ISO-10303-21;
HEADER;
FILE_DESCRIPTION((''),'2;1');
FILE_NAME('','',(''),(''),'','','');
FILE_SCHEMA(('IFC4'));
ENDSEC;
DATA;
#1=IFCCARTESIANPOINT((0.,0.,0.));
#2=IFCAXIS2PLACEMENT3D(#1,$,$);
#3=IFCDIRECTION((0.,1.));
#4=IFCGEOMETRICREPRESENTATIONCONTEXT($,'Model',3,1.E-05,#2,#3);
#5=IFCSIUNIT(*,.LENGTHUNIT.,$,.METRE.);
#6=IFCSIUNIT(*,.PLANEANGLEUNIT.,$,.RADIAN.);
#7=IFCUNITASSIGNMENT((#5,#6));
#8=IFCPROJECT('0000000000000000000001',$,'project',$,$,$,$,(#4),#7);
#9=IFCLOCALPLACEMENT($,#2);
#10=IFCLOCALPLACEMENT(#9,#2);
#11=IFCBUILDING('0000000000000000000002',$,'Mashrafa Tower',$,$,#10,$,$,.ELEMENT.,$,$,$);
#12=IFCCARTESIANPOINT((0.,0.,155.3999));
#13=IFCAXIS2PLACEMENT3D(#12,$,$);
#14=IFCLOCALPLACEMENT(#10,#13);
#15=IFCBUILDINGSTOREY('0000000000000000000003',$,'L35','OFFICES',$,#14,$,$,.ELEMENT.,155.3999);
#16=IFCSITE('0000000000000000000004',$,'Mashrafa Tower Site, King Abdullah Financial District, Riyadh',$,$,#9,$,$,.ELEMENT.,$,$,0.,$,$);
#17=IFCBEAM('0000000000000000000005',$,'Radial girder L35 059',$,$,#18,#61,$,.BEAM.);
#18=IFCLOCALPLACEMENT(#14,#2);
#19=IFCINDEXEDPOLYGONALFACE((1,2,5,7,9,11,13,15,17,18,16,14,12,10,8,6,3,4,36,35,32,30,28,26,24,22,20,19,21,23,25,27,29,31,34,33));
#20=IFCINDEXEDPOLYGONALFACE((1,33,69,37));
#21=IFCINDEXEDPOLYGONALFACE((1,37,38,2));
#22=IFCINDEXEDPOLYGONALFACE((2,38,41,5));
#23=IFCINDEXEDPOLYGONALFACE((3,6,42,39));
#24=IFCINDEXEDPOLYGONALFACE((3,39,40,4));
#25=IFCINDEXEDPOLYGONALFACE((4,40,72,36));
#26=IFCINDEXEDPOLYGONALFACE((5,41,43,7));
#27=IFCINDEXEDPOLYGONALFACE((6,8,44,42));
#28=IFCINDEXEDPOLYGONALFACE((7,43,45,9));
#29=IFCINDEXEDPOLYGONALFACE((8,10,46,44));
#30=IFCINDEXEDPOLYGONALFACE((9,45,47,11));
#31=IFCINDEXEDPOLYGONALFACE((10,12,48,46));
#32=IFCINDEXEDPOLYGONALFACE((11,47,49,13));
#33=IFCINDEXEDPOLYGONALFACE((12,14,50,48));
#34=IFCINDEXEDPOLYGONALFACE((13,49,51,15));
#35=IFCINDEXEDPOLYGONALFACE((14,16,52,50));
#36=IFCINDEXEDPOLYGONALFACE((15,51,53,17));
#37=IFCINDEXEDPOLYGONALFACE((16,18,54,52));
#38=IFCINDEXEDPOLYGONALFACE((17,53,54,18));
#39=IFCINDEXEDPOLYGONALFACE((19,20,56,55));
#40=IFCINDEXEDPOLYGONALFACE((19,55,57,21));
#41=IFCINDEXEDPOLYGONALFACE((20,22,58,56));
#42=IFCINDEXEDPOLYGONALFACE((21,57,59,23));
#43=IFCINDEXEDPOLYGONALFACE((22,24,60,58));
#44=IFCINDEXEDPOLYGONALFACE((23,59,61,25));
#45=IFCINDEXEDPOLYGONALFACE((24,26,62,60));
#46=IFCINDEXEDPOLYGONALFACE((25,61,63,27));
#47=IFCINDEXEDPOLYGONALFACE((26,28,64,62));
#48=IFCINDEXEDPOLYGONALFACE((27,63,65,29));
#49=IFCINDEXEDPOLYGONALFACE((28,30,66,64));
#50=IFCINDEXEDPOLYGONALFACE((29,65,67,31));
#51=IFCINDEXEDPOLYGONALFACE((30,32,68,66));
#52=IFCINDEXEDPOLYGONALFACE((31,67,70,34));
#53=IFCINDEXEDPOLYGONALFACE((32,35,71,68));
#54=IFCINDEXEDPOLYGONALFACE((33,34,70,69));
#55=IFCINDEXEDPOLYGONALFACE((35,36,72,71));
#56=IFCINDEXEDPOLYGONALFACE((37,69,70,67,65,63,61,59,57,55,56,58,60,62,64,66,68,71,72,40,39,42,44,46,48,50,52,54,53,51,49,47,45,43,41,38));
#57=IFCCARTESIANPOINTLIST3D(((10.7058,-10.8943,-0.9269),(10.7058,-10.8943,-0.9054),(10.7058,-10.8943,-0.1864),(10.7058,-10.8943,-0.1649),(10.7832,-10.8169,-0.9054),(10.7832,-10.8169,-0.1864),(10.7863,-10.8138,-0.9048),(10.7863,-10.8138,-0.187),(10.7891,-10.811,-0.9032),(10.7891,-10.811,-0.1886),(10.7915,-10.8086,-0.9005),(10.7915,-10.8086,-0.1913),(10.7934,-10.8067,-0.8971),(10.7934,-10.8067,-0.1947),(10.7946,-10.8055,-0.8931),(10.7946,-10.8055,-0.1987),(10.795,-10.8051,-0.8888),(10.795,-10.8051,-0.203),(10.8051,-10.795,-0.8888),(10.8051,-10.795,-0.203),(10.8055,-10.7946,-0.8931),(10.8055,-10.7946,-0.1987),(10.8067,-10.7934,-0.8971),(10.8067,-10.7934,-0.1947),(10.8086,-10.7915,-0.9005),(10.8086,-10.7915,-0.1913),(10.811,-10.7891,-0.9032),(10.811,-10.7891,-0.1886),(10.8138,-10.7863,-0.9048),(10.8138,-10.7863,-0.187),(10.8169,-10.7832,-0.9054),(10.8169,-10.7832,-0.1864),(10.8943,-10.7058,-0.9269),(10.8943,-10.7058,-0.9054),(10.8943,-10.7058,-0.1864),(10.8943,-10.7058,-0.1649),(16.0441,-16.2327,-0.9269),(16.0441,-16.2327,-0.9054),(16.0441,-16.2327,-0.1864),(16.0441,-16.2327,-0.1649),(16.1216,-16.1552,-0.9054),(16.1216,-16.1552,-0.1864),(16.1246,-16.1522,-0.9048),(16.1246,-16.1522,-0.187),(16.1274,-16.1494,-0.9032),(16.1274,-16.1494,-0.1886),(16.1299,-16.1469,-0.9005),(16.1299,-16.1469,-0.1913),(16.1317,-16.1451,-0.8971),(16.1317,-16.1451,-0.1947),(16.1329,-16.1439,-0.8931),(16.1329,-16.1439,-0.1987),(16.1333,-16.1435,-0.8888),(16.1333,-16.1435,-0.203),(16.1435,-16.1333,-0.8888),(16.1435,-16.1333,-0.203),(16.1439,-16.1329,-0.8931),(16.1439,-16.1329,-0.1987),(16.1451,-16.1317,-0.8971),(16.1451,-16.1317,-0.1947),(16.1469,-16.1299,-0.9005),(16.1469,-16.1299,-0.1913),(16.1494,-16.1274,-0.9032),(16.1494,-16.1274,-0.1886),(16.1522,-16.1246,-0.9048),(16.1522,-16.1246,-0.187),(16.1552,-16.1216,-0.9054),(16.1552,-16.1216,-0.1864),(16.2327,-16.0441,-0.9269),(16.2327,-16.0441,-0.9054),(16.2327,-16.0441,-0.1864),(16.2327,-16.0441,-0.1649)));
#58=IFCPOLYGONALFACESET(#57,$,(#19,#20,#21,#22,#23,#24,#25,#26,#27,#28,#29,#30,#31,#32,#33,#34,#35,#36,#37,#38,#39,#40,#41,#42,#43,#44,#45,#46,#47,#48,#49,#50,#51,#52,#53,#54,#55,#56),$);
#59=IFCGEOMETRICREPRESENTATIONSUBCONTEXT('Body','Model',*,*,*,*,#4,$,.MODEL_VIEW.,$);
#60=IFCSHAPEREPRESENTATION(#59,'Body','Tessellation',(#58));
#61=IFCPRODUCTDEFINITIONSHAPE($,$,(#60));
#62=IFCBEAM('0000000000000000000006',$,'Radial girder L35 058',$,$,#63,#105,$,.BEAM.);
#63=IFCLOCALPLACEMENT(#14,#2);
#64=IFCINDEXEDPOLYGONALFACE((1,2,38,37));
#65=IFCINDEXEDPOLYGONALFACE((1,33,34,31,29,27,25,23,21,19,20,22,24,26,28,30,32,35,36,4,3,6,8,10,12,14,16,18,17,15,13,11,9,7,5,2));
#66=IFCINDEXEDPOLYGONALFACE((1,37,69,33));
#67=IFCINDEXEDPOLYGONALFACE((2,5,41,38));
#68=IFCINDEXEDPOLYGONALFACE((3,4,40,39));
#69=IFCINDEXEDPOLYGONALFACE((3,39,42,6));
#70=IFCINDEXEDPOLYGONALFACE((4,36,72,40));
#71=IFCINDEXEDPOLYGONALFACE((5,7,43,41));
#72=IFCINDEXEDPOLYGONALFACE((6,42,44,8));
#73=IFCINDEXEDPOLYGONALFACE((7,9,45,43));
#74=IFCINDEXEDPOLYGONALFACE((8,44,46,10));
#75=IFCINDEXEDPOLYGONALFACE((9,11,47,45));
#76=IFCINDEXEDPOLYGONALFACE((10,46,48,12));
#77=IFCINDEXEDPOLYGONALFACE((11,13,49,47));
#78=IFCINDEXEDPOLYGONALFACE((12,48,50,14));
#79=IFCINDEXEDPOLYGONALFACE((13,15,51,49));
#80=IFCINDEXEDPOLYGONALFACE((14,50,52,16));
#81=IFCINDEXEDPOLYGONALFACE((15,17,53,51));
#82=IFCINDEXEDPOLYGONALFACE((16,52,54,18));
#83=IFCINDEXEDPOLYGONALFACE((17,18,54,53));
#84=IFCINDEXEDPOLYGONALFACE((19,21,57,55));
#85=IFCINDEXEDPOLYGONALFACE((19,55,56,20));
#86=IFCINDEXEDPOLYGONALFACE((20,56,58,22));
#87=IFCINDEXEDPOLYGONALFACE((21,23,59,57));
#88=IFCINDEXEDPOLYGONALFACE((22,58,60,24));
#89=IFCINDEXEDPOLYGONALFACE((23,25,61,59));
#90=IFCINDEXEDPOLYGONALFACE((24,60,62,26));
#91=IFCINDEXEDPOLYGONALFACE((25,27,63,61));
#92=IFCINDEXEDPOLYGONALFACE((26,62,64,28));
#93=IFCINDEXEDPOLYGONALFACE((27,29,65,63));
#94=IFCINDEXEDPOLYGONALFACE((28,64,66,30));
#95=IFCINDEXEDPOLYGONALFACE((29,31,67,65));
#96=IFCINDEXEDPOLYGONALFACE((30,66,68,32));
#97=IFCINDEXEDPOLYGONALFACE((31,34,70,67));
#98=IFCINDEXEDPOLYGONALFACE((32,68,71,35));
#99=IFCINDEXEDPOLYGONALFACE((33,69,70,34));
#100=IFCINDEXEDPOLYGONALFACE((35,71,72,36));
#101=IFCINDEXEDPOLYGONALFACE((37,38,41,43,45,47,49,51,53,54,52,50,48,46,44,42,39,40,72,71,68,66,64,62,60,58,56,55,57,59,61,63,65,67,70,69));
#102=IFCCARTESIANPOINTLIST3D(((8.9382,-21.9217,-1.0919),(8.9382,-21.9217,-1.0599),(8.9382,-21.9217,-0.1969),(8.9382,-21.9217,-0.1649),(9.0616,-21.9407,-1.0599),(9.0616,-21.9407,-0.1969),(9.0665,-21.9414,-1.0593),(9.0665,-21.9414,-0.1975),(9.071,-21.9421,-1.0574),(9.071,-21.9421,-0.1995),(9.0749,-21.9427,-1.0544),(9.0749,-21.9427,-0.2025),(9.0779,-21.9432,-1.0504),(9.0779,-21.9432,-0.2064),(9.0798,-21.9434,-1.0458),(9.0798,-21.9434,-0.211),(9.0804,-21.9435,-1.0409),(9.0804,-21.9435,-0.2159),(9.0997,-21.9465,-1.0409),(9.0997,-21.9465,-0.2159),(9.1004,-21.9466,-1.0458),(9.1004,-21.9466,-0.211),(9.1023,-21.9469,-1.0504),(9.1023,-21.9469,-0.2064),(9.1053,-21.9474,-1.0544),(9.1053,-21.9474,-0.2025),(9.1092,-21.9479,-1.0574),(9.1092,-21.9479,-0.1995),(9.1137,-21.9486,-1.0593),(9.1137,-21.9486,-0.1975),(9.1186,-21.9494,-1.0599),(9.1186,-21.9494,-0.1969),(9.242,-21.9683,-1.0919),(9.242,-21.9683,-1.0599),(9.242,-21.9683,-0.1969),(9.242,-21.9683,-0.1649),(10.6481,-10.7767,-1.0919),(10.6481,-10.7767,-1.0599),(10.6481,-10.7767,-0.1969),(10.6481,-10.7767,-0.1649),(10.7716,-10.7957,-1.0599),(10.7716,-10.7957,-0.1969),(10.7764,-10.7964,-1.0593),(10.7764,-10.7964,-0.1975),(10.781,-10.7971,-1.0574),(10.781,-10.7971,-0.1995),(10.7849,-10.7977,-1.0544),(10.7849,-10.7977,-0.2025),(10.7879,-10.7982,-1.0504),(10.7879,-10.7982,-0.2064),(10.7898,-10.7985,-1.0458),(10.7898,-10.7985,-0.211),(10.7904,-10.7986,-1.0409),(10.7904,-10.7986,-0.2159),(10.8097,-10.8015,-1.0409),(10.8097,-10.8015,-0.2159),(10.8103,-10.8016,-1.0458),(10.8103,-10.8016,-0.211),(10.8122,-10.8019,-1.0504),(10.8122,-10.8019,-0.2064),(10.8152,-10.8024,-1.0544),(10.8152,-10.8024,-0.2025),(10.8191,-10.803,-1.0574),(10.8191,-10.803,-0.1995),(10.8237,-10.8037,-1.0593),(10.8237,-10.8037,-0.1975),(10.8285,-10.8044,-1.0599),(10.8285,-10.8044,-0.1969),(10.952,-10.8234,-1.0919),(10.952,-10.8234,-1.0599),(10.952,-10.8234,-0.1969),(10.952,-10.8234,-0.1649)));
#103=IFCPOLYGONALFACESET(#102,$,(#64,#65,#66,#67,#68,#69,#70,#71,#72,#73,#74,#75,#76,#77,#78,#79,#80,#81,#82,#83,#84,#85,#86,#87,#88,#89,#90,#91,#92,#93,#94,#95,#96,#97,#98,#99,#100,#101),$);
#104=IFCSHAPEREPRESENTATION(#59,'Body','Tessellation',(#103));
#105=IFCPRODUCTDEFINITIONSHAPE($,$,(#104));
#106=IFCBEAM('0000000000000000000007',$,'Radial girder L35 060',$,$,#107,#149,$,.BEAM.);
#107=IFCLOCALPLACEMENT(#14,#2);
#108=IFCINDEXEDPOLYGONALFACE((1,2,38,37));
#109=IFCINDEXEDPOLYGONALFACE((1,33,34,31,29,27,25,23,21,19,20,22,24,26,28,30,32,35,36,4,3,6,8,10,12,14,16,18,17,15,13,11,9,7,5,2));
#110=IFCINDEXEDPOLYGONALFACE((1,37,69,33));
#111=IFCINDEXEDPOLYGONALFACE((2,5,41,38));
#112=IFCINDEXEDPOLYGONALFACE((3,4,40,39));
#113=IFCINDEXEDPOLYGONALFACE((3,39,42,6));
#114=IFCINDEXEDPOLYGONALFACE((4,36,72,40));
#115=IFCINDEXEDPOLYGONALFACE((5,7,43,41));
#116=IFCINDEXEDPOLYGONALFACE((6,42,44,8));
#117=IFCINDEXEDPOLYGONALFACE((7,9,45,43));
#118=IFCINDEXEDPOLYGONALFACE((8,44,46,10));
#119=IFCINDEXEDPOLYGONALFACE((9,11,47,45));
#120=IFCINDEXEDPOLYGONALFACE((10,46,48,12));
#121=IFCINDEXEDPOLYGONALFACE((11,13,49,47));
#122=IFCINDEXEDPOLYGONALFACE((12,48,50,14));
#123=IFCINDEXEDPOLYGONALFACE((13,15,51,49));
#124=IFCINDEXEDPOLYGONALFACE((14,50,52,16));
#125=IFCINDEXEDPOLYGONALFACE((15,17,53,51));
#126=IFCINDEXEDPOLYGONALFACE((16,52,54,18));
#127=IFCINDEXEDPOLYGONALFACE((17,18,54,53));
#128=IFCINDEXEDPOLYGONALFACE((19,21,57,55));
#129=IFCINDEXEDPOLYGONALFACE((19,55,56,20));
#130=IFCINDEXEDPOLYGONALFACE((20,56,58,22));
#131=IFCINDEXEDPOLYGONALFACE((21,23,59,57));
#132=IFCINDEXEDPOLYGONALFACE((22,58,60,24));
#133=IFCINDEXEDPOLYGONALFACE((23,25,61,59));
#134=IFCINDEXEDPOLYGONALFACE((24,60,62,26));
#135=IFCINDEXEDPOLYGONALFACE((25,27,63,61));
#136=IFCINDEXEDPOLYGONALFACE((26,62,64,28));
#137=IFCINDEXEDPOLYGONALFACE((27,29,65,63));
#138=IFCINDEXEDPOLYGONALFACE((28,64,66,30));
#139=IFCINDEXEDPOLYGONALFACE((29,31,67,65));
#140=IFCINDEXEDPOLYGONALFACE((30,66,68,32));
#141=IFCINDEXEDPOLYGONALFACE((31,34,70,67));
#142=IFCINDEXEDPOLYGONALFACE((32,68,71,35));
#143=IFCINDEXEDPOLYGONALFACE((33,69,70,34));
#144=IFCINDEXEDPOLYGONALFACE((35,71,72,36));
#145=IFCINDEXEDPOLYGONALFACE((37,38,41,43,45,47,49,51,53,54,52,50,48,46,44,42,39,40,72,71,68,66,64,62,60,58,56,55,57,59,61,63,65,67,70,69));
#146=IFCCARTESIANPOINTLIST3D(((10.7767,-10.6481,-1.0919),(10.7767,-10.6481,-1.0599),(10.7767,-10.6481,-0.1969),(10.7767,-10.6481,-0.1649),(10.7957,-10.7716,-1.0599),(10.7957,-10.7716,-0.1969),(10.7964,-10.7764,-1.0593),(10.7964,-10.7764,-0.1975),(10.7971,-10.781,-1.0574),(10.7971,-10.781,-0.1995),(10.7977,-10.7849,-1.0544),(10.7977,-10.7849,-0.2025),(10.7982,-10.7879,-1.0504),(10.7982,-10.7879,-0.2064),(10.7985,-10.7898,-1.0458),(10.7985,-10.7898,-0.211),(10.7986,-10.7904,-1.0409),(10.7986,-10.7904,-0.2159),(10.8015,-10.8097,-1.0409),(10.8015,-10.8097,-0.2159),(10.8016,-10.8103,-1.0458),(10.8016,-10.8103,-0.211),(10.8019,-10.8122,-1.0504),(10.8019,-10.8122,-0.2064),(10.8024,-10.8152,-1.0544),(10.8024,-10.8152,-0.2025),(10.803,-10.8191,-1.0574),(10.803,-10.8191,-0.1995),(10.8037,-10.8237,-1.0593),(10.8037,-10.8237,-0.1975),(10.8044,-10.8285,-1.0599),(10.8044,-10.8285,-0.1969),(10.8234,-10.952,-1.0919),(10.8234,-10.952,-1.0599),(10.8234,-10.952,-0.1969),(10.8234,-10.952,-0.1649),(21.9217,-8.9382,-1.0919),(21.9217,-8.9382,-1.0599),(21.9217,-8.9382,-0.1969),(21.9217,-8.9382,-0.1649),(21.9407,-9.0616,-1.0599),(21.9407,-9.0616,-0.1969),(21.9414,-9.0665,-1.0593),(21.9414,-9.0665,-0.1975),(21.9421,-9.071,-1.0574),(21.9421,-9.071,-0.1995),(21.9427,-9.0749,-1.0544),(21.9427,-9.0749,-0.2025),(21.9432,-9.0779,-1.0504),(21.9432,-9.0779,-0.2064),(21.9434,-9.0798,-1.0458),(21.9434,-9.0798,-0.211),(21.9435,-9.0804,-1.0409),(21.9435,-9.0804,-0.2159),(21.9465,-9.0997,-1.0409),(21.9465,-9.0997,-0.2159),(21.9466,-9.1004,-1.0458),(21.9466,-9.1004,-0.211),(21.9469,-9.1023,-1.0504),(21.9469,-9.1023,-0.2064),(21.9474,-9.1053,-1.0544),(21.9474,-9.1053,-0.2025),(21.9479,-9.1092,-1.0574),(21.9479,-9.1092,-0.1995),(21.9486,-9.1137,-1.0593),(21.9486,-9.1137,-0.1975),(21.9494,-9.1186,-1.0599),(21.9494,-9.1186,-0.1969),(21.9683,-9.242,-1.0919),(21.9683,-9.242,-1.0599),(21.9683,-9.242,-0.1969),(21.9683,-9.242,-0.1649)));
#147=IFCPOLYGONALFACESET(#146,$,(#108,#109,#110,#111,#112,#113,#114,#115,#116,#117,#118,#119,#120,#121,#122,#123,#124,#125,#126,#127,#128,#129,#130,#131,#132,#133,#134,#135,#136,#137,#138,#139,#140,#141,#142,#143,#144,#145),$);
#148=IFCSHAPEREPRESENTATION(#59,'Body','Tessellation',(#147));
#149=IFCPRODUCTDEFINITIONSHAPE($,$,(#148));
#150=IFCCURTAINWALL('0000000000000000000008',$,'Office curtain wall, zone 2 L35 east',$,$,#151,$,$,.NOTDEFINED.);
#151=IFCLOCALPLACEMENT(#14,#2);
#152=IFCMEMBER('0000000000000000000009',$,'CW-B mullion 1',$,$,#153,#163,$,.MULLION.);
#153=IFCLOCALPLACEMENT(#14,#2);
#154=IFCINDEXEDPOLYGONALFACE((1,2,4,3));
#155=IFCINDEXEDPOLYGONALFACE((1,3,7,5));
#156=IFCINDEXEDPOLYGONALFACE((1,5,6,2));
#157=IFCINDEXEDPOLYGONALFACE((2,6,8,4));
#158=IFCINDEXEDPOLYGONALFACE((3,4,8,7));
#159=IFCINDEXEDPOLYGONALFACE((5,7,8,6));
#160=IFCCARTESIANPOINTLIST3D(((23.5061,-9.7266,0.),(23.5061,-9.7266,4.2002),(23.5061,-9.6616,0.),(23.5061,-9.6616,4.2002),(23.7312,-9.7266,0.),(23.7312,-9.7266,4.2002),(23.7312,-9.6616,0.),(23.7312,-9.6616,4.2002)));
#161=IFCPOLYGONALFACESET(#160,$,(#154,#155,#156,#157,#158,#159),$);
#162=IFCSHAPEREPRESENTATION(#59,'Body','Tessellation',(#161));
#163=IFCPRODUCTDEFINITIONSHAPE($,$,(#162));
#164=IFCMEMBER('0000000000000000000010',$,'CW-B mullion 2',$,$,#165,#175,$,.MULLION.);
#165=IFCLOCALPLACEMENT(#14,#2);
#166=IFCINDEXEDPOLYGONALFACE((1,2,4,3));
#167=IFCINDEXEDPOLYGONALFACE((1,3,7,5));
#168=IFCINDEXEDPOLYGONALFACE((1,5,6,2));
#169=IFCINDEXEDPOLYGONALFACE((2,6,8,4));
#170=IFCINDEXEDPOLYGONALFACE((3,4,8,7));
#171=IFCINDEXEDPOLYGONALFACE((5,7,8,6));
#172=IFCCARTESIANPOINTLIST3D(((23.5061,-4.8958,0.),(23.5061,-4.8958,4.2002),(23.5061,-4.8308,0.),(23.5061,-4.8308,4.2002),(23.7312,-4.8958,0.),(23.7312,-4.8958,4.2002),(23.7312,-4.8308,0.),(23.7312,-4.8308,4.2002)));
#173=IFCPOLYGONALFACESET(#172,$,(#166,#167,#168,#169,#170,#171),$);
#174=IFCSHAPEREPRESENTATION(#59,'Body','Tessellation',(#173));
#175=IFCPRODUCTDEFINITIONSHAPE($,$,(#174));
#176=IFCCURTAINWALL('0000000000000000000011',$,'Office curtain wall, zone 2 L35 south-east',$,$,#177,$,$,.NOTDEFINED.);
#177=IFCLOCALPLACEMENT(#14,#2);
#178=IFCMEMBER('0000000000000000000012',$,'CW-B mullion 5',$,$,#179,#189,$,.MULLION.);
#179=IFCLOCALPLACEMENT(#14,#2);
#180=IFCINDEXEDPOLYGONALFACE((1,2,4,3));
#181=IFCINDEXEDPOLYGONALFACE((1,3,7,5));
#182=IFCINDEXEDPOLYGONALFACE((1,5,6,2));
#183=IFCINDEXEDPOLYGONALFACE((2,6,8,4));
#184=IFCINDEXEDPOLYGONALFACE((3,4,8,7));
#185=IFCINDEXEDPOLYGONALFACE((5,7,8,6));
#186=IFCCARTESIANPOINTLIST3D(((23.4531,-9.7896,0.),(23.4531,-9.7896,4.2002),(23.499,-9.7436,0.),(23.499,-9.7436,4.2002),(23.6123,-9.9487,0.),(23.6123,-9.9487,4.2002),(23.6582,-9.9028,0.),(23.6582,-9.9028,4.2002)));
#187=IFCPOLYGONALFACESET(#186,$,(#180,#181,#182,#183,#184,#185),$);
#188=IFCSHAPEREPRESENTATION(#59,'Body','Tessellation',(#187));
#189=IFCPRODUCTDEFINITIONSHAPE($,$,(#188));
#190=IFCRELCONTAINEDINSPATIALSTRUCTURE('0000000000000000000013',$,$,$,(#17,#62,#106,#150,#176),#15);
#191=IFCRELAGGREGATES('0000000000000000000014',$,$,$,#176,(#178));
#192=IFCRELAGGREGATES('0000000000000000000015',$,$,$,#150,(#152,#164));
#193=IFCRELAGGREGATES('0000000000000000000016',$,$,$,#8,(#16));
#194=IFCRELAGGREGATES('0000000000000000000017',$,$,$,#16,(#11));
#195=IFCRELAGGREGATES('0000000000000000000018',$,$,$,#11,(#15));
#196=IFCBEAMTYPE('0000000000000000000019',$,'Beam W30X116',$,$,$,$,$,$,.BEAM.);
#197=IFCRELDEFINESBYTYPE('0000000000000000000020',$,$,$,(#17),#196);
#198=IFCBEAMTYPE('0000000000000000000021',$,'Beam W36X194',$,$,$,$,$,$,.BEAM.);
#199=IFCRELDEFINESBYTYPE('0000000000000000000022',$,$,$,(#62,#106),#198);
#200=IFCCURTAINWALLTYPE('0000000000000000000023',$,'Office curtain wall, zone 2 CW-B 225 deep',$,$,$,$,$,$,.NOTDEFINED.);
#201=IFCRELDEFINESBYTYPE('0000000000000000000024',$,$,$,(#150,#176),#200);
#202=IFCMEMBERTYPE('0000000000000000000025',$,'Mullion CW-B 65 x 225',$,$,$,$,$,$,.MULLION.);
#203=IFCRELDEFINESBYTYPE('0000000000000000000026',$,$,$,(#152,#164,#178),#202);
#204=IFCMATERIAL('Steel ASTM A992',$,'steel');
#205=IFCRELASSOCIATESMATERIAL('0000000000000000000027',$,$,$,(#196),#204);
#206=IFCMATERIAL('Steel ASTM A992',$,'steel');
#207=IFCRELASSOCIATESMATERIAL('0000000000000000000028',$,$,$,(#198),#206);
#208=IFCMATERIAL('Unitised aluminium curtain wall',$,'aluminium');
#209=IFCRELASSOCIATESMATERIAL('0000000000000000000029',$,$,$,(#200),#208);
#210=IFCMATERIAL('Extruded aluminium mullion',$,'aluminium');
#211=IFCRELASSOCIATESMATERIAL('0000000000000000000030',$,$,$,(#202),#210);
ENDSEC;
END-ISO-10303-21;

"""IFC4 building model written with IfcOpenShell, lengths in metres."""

from ifc_helpers import new_model, si_unit, direction, frame, origin, origin_2d, place, context, subcontext, project, spatial, rectangle, i_section, extrude, source, transform, mapped, material, material_profile, profile_set, type_object, type_shapes, element, aggregate, save


model = new_model("IFC4")

# Units and contexts
model_context = context("Model", 3, precision=1e-05, world=origin(), true_north=direction((0.0, 1.0)))
body_context = subcontext(model_context, "Body", "Model", "MODEL_VIEW")
ifc_project = project(units=[si_unit("LENGTHUNIT", "METRE"), si_unit("PLANEANGLEUNIT", "RADIAN")], contexts=[model_context])

# Site, building, storey
site_placement = place(None, origin())
site = spatial("IfcSite", under=ifc_project, at=site_placement, Name="Mashrafa Tower Site, King Abdullah Financial District, Riyadh", CompositionType="ELEMENT", RefElevation=0.0)
building_placement = place(site_placement, origin())
building = spatial("IfcBuilding", under=site, at=building_placement, Name="Mashrafa Tower", CompositionType="ELEMENT")
storey_placement = place(building_placement, frame((0.0, 0.0, 155.3999)))
storey = spatial("IfcBuildingStorey", under=building, at=storey_placement, Name="L35", Description="OFFICES", CompositionType="ELEMENT", Elevation=155.3999)

# Beams
ifc_material_1 = material(Name="Steel ASTM A992", Category="steel")
ifc_material_profile_1 = material_profile(ifc_material_1, i_section(OverallWidth=0.2666, OverallDepth=0.762, WebThickness=0.0144, FlangeThickness=0.0215, FilletRadius=0.0166, at=origin_2d()), Name="W30X116")
ifc_profile_set_1 = profile_set([ifc_material_profile_1], Name="Steel ASTM A992")
beam_type_1 = type_object("IfcBeamType", Name="Beam W30X116", PredefinedType="BEAM", material=ifc_profile_set_1)
beam_1_placement = place(storey_placement, frame((10.8, -10.8, -0.5459), z_axis=(0.707107, -0.707107, 0.0), x_axis=(0.707107, 0.707107, 0.0)))
element("IfcBeam", 1, at=beam_1_placement, inside=storey, type_object=beam_type_1, Name="Radial girder L35 059", PredefinedType="BEAM", context=body_context, shape_type="SweptSolid", body=[
    extrude(i_section(OverallWidth=0.2666, OverallDepth=0.762, WebThickness=0.0144, FlangeThickness=0.0215, FilletRadius=0.0166, at=origin_2d()), origin(), (0.0, 0.0, 1.0), 7.5496),
])
ifc_material_2 = material(Name="Steel ASTM A992", Category="steel")
ifc_material_profile_2 = material_profile(ifc_material_2, i_section(OverallWidth=0.3074, OverallDepth=0.927, WebThickness=0.0195, FlangeThickness=0.032, FilletRadius=0.019, at=origin_2d()), Name="W36X194")
ifc_profile_set_2 = profile_set([ifc_material_profile_2], Name="Steel ASTM A992")
beam_type_2 = type_object("IfcBeamType", Name="Beam W36X194", PredefinedType="BEAM", material=ifc_profile_set_2)
for number, where, z_axis, x_axis, name in (
    (2, (10.8, -10.8, -0.6284), (-0.151654, -0.988434, 0.0), (0.988434, -0.151654, 0.0), "Radial girder L35 058"),
    (3, (10.8, -10.8, -0.6284), (0.988434, 0.151654, 0.0), (-0.151654, 0.988434, 0.0), "Radial girder L35 060"),
):
    element("IfcBeam", number, at=place(storey_placement, frame(where, z_axis=z_axis, x_axis=x_axis)), inside=storey, type_object=beam_type_2, Name=name, PredefinedType="BEAM", context=body_context, shape_type="SweptSolid", body=[
        extrude(i_section(OverallWidth=0.3074, OverallDepth=0.927, WebThickness=0.0195, FlangeThickness=0.032, FilletRadius=0.019, at=origin_2d()), origin(), (0.0, 0.0, 1.0), 11.2754),
    ])

# Curtain wall, members
ifc_material_3 = material(Name="Unitised aluminium curtain wall", Category="aluminium")
curtain_wall_type = type_object("IfcCurtainWallType", Name="Office curtain wall, zone 2 CW-B 225 deep", PredefinedType="NOTDEFINED", material=ifc_material_3)
curtain_wall_1_placement = place(storey_placement, origin())
curtain_wall_1 = element("IfcCurtainWall", 4, at=curtain_wall_1_placement, inside=storey, type_object=curtain_wall_type, Name="Office curtain wall, zone 2 L35 east", PredefinedType="NOTDEFINED")
ifc_material_4 = material(Name="Extruded aluminium mullion", Category="aluminium")
ifc_material_profile_3 = material_profile(ifc_material_4, rectangle(XDim=0.2251, YDim=0.0649, at=origin_2d()), Name="Mullion 65x225")
ifc_profile_set_3 = profile_set([ifc_material_profile_3], Name="Extruded aluminium mullion")
member_type_1 = type_object("IfcMemberType", Name="Mullion CW-B 65 x 225", PredefinedType="MULLION", material=ifc_profile_set_3)
shared_shape_1 = source(origin(), body_context, "Body", "SweptSolid", [
    extrude(rectangle(XDim=0.2251, YDim=0.0649, at=origin_2d()), origin(), (0.0, 0.0, 1.0), 4.2002),
])
type_shapes(member_type_1, [shared_shape_1])
member_1_placement = place(storey_placement, frame((23.6187, -9.6941, 0.0), z_axis=(0.0, 0.0, 1.0), x_axis=(-1.0, 0.0, 0.0)))
member_1 = element("IfcMember", 5, at=member_1_placement, type_object=member_type_1, Name="CW-B mullion 1", PredefinedType="MULLION", context=body_context, shape_type="MappedRepresentation", body=[
    mapped(shared_shape_1, transform((0.0, 0.0, 0.0))),
])
member_2_placement = place(storey_placement, frame((23.6187, -4.8633, 0.0), z_axis=(0.0, 0.0, 1.0), x_axis=(-1.0, 0.0, 0.0)))
member_2 = element("IfcMember", 6, at=member_2_placement, type_object=member_type_1, Name="CW-B mullion 2", PredefinedType="MULLION", context=body_context, shape_type="MappedRepresentation", body=[
    mapped(shared_shape_1, transform((0.0, 0.0, 0.0))),
])

# Curtain wall, member
curtain_wall_2_placement = place(storey_placement, origin())
curtain_wall_2 = element("IfcCurtainWall", 7, at=curtain_wall_2_placement, inside=storey, type_object=curtain_wall_type, Name="Office curtain wall, zone 2 L35 south-east", PredefinedType="NOTDEFINED")
member_3_placement = place(storey_placement, frame((23.5557, -9.8462, 0.0), z_axis=(0.0, 0.0, 1.0), x_axis=(-0.707107, 0.707107, 0.0)))
member_3 = element("IfcMember", 8, at=member_3_placement, type_object=member_type_1, Name="CW-B mullion 5", PredefinedType="MULLION", context=body_context, shape_type="MappedRepresentation", body=[
    mapped(shared_shape_1, transform((0.0, 0.0, 0.0))),
])
aggregate(curtain_wall_2, [member_3])

aggregate(curtain_wall_1, [member_1, member_2])

save(model, "model.ifc")
